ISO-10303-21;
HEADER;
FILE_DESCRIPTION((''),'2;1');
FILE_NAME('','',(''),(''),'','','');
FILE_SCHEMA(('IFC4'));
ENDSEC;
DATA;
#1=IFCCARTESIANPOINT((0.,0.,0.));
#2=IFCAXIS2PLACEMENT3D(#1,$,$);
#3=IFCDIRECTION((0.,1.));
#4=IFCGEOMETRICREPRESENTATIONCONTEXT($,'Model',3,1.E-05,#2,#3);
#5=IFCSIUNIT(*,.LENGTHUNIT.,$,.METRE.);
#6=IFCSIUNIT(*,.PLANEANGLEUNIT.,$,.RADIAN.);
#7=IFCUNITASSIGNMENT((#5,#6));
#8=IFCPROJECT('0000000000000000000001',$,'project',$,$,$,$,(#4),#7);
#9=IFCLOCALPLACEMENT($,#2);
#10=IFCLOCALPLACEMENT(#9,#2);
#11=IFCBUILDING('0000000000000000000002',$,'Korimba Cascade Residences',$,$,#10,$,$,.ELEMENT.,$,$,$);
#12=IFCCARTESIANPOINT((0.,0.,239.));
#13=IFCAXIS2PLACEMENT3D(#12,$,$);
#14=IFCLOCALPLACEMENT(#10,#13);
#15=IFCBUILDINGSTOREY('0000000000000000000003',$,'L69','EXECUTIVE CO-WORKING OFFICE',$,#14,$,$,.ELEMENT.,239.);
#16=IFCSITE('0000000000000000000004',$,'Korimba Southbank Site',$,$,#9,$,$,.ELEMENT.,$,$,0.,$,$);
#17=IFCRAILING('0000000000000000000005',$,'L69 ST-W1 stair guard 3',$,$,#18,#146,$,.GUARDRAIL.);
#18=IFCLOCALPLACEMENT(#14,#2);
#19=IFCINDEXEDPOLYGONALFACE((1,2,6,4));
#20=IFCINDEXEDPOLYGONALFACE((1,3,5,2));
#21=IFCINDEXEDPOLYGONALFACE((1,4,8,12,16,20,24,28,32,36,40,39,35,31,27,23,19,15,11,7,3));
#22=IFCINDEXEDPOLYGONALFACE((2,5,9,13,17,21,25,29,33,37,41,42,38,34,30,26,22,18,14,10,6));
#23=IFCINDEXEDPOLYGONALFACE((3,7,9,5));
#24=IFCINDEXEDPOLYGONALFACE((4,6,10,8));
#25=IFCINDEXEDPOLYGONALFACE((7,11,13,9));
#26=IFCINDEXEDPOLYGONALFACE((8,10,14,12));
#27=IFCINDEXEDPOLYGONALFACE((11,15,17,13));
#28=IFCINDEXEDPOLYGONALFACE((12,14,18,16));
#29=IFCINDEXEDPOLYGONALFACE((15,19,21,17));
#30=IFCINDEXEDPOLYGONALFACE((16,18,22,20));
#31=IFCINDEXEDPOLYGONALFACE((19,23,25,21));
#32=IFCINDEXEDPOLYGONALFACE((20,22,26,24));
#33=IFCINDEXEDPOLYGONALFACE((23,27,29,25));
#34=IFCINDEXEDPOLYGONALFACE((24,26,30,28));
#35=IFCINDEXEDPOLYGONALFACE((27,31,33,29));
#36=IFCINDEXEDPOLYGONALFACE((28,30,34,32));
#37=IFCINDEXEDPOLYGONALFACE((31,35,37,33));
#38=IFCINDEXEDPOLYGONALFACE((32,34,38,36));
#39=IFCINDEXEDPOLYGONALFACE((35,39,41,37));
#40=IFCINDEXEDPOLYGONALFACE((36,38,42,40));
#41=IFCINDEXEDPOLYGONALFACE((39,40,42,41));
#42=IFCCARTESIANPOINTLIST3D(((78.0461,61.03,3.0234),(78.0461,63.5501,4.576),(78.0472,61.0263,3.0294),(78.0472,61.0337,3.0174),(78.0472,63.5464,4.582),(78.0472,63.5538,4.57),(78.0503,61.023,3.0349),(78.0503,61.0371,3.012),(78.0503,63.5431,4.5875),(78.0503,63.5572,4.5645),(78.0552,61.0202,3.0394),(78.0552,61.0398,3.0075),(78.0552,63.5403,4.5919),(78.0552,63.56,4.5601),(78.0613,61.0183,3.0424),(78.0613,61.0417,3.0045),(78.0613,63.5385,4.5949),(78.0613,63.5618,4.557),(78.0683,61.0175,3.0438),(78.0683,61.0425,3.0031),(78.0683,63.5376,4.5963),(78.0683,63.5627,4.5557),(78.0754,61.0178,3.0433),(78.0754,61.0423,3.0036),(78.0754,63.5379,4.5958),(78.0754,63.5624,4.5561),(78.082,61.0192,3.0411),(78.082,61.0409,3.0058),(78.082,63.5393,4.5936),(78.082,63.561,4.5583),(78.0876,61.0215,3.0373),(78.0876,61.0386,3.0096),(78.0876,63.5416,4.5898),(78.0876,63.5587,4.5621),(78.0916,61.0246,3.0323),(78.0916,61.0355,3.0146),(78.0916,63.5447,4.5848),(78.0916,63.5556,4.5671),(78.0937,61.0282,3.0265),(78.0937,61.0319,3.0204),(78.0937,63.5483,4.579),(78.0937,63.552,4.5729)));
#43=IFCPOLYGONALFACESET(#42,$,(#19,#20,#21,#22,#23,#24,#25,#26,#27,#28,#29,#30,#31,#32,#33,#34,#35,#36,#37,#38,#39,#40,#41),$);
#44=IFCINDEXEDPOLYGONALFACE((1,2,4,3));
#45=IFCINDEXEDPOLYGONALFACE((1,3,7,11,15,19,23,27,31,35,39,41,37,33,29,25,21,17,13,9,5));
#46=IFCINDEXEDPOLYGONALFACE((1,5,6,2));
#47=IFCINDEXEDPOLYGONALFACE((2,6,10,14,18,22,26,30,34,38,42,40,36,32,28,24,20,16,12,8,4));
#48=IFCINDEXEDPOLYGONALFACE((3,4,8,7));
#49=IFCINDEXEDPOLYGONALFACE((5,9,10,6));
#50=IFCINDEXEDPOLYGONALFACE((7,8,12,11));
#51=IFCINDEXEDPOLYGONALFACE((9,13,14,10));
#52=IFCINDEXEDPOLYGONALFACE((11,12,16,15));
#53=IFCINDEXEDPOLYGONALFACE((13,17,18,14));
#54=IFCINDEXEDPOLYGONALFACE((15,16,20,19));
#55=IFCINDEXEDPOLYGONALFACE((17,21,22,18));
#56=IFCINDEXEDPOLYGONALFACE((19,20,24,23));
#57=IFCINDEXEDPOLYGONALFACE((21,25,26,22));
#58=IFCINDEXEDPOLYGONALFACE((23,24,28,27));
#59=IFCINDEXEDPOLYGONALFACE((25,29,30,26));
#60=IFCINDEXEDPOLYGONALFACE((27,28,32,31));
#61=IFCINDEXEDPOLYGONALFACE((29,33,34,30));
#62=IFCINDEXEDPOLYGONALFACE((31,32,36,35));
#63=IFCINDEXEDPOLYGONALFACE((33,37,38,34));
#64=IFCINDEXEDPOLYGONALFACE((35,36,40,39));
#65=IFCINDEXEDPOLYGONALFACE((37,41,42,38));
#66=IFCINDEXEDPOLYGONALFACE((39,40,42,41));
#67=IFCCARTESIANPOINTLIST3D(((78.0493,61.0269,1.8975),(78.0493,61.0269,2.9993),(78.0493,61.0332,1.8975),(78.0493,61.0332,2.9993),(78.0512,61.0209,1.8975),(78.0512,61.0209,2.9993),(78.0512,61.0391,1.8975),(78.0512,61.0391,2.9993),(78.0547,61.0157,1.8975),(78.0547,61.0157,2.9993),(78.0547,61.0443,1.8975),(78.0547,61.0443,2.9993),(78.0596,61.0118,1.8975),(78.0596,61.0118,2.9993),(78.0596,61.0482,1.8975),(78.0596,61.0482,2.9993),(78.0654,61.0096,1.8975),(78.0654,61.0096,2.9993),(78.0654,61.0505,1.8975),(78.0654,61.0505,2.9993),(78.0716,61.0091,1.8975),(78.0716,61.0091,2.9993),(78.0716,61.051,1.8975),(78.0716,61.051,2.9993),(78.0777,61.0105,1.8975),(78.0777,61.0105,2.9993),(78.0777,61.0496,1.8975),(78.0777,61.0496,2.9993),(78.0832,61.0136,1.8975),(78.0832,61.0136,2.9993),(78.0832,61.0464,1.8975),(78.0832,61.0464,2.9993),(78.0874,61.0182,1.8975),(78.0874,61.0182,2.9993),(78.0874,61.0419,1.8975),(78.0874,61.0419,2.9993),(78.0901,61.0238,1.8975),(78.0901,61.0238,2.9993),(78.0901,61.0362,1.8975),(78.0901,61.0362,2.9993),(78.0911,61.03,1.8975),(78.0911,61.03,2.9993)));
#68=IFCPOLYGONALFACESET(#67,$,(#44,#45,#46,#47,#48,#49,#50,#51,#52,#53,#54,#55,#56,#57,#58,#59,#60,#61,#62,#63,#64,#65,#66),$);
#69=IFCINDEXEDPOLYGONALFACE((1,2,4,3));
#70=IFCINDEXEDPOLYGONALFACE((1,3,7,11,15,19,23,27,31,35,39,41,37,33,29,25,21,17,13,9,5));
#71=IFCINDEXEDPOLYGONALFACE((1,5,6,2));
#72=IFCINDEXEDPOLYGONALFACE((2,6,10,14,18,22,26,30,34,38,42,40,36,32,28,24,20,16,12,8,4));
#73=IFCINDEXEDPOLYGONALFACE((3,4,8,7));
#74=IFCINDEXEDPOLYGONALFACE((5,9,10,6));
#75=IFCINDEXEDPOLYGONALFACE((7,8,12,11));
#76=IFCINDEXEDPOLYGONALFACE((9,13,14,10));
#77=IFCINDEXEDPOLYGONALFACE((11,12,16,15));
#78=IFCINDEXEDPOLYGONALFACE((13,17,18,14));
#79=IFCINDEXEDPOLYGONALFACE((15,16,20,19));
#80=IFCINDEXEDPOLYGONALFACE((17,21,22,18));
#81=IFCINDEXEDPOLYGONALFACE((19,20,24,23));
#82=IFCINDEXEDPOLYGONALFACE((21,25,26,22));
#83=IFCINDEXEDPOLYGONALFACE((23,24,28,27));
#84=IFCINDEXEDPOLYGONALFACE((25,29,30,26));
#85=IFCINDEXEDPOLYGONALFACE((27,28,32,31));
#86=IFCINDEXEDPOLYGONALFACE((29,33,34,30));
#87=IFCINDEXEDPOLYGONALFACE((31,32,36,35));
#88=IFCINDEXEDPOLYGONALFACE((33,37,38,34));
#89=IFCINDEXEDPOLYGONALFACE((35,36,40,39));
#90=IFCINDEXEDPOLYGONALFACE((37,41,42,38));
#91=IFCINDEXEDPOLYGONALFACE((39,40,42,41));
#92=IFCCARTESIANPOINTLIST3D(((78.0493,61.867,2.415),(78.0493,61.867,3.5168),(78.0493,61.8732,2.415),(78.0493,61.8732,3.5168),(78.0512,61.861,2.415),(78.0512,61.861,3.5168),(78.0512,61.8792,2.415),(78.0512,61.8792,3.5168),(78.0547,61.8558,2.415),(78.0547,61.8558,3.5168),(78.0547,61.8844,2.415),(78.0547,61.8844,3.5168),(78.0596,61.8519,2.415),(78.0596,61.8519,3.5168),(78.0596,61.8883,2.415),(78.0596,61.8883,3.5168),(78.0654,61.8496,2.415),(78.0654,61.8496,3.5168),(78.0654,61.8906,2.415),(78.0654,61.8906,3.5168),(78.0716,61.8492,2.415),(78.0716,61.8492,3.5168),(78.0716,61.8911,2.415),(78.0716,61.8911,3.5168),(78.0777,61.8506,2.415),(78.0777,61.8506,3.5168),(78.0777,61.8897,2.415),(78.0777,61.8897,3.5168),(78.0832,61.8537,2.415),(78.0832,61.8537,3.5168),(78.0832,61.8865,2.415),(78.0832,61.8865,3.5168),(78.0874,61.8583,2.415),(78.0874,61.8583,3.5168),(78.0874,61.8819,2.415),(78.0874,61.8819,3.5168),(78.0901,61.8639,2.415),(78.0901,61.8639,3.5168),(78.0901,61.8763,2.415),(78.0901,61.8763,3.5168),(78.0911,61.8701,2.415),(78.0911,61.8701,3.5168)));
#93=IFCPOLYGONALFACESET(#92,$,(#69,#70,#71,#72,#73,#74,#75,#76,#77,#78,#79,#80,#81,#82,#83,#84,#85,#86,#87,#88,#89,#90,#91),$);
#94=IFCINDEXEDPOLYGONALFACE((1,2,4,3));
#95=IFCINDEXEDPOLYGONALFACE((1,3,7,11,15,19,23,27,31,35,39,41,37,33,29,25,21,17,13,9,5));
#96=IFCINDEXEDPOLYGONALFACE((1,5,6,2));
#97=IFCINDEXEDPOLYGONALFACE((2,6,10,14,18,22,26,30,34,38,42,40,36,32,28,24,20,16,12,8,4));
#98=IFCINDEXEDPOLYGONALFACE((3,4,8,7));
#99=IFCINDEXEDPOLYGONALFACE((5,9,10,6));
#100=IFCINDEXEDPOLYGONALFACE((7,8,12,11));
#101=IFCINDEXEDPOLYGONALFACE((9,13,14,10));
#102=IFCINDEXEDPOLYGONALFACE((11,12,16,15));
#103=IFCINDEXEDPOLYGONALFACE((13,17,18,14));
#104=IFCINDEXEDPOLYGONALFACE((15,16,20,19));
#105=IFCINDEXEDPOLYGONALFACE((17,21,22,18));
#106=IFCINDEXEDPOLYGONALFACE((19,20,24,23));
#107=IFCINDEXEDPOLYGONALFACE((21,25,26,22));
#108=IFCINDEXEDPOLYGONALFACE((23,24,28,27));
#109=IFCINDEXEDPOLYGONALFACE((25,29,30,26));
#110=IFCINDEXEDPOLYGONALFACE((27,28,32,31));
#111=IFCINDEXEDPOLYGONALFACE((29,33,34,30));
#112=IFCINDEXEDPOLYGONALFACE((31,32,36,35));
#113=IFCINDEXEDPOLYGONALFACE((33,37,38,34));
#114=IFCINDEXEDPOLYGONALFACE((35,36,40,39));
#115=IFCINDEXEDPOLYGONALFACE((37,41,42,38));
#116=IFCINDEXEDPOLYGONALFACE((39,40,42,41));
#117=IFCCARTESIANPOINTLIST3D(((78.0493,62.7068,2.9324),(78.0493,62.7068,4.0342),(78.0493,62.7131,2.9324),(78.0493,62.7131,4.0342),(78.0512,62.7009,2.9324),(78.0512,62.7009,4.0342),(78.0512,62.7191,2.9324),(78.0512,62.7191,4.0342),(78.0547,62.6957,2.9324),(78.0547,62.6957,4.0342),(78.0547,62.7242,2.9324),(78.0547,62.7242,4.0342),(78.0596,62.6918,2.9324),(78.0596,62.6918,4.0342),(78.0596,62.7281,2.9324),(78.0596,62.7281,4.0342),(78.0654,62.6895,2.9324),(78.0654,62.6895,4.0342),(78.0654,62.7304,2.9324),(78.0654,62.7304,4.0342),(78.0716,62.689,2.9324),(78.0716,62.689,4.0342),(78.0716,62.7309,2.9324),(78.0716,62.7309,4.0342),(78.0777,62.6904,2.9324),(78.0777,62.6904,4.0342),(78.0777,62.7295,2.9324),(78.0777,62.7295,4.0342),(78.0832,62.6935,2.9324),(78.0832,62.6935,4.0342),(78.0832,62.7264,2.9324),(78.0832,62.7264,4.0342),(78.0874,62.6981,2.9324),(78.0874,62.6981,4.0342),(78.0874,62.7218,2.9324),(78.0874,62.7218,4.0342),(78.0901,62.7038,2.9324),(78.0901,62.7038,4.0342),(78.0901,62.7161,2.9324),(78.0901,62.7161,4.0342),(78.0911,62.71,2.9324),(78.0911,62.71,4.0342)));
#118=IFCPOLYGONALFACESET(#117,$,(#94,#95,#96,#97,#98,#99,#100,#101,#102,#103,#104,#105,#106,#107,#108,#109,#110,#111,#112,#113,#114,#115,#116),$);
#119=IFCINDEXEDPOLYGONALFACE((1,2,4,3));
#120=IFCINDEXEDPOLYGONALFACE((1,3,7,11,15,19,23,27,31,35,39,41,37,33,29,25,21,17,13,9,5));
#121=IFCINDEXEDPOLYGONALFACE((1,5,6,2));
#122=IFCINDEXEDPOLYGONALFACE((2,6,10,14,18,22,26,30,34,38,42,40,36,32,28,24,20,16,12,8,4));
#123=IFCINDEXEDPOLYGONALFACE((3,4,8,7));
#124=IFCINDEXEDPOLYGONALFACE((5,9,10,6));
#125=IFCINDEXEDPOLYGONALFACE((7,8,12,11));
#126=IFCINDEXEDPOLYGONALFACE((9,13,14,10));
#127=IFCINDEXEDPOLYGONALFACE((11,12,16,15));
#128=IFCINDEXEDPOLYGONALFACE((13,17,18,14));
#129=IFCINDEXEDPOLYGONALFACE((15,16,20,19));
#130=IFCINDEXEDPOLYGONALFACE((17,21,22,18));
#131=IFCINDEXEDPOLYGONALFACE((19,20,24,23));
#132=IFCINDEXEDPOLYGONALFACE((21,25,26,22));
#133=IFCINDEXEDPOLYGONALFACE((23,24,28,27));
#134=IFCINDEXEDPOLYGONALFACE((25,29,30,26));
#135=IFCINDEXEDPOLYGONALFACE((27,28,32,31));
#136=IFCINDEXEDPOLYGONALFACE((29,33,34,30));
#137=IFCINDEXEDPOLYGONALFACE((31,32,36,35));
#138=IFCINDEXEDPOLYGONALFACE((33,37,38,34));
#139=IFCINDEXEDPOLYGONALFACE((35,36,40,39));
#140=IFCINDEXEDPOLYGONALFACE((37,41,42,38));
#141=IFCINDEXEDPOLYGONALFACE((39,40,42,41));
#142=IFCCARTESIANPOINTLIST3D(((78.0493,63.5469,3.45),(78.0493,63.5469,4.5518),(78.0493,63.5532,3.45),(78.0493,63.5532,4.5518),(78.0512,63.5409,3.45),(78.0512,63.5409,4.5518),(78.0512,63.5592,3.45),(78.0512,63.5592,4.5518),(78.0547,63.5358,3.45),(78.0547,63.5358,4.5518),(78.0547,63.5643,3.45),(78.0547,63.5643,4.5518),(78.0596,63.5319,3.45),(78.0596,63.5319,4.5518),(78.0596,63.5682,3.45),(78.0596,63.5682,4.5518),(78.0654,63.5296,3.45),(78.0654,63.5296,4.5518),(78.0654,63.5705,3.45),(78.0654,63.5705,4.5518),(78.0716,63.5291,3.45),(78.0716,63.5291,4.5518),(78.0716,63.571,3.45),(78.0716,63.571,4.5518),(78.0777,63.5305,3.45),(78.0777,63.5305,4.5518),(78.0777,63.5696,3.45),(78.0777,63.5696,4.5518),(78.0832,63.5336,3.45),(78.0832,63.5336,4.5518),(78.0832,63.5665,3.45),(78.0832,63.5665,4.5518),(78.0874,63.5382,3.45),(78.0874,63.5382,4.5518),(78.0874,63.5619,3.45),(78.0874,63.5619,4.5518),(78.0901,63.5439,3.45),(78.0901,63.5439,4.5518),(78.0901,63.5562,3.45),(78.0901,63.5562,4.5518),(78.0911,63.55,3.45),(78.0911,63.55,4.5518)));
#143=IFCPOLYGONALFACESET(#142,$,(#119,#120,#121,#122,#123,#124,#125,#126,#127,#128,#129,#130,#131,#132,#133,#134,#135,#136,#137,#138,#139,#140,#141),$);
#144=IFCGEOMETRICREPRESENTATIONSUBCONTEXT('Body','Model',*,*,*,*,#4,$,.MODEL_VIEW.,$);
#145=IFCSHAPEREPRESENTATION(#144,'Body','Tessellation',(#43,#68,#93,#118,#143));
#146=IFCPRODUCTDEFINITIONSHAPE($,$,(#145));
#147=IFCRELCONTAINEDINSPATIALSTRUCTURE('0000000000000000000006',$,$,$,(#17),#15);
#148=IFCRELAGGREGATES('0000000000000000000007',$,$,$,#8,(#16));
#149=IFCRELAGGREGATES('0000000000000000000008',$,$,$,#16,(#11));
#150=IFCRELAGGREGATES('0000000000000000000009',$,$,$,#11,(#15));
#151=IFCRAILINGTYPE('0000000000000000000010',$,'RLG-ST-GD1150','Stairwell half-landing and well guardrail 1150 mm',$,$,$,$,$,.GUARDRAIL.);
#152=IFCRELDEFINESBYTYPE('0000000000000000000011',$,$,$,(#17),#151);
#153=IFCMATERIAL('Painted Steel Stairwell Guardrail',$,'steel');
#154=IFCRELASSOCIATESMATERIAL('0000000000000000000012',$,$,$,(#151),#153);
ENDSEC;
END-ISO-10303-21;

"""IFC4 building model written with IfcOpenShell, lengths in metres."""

from ifc_helpers import new_model, si_unit, direction, frame, origin, origin_2d, place, context, subcontext, project, spatial, circle, extrude, material, type_object, element, save


model = new_model("IFC4")

# Units and contexts
model_context = context("Model", 3, precision=1e-05, world=origin(), true_north=direction((0.0, 1.0)))
body_context = subcontext(model_context, "Body", "Model", "MODEL_VIEW")
ifc_project = project(units=[si_unit("LENGTHUNIT", "METRE"), si_unit("PLANEANGLEUNIT", "RADIAN")], contexts=[model_context])

# Site, building, storey
site_placement = place(None, origin())
site = spatial("IfcSite", under=ifc_project, at=site_placement, Name="Korimba Southbank Site", CompositionType="ELEMENT", RefElevation=0.0)
building_placement = place(site_placement, origin())
building = spatial("IfcBuilding", under=site, at=building_placement, Name="Korimba Cascade Residences", CompositionType="ELEMENT")
storey_placement = place(building_placement, frame((0.0, 0.0, 239.0)))
storey = spatial("IfcBuildingStorey", under=building, at=storey_placement, Name="L69", Description="EXECUTIVE CO-WORKING OFFICE", CompositionType="ELEMENT", Elevation=239.0)

# Railing
ifc_material_1 = material(Name="Painted Steel Stairwell Guardrail", Category="steel")
railing_type_1 = type_object("IfcRailingType", Name="RLG-ST-GD1150", Description="Stairwell half-landing and well guardrail 1150 mm", PredefinedType="GUARDRAIL", material=ifc_material_1)
railing_1_placement = place(storey_placement, frame((78.0701, 61.03, 1.8975)))
element("IfcRailing", 1, at=railing_1_placement, inside=storey, type_object=railing_type_1, Name="L69 ST-W1 stair guard 3", PredefinedType="GUARDRAIL", context=body_context, shape_type="SweptSolid", body=[
    extrude(circle(Radius=0.0239, at=origin_2d()), frame((0.0, 0.0, 1.126), z_axis=(0.0, 0.8514, 0.524516), x_axis=(-1.0, 0.0, 0.0)), (0.0, 0.0, 1.0), 2.96),
    extrude(circle(Radius=0.021, at=origin_2d()), origin(), (0.0, 0.0, 1.0), 1.1018),
    extrude(circle(Radius=0.021, at=origin_2d()), frame((0.0, 0.8401, 0.5176)), (0.0, 0.0, 1.0), 1.1018),
    extrude(circle(Radius=0.021, at=origin_2d()), frame((0.0, 1.6799, 1.0349)), (0.0, 0.0, 1.0), 1.1018),
    extrude(circle(Radius=0.021, at=origin_2d()), frame((0.0, 2.52, 1.5525)), (0.0, 0.0, 1.0), 1.1018),
])

save(model, "model.ifc")
